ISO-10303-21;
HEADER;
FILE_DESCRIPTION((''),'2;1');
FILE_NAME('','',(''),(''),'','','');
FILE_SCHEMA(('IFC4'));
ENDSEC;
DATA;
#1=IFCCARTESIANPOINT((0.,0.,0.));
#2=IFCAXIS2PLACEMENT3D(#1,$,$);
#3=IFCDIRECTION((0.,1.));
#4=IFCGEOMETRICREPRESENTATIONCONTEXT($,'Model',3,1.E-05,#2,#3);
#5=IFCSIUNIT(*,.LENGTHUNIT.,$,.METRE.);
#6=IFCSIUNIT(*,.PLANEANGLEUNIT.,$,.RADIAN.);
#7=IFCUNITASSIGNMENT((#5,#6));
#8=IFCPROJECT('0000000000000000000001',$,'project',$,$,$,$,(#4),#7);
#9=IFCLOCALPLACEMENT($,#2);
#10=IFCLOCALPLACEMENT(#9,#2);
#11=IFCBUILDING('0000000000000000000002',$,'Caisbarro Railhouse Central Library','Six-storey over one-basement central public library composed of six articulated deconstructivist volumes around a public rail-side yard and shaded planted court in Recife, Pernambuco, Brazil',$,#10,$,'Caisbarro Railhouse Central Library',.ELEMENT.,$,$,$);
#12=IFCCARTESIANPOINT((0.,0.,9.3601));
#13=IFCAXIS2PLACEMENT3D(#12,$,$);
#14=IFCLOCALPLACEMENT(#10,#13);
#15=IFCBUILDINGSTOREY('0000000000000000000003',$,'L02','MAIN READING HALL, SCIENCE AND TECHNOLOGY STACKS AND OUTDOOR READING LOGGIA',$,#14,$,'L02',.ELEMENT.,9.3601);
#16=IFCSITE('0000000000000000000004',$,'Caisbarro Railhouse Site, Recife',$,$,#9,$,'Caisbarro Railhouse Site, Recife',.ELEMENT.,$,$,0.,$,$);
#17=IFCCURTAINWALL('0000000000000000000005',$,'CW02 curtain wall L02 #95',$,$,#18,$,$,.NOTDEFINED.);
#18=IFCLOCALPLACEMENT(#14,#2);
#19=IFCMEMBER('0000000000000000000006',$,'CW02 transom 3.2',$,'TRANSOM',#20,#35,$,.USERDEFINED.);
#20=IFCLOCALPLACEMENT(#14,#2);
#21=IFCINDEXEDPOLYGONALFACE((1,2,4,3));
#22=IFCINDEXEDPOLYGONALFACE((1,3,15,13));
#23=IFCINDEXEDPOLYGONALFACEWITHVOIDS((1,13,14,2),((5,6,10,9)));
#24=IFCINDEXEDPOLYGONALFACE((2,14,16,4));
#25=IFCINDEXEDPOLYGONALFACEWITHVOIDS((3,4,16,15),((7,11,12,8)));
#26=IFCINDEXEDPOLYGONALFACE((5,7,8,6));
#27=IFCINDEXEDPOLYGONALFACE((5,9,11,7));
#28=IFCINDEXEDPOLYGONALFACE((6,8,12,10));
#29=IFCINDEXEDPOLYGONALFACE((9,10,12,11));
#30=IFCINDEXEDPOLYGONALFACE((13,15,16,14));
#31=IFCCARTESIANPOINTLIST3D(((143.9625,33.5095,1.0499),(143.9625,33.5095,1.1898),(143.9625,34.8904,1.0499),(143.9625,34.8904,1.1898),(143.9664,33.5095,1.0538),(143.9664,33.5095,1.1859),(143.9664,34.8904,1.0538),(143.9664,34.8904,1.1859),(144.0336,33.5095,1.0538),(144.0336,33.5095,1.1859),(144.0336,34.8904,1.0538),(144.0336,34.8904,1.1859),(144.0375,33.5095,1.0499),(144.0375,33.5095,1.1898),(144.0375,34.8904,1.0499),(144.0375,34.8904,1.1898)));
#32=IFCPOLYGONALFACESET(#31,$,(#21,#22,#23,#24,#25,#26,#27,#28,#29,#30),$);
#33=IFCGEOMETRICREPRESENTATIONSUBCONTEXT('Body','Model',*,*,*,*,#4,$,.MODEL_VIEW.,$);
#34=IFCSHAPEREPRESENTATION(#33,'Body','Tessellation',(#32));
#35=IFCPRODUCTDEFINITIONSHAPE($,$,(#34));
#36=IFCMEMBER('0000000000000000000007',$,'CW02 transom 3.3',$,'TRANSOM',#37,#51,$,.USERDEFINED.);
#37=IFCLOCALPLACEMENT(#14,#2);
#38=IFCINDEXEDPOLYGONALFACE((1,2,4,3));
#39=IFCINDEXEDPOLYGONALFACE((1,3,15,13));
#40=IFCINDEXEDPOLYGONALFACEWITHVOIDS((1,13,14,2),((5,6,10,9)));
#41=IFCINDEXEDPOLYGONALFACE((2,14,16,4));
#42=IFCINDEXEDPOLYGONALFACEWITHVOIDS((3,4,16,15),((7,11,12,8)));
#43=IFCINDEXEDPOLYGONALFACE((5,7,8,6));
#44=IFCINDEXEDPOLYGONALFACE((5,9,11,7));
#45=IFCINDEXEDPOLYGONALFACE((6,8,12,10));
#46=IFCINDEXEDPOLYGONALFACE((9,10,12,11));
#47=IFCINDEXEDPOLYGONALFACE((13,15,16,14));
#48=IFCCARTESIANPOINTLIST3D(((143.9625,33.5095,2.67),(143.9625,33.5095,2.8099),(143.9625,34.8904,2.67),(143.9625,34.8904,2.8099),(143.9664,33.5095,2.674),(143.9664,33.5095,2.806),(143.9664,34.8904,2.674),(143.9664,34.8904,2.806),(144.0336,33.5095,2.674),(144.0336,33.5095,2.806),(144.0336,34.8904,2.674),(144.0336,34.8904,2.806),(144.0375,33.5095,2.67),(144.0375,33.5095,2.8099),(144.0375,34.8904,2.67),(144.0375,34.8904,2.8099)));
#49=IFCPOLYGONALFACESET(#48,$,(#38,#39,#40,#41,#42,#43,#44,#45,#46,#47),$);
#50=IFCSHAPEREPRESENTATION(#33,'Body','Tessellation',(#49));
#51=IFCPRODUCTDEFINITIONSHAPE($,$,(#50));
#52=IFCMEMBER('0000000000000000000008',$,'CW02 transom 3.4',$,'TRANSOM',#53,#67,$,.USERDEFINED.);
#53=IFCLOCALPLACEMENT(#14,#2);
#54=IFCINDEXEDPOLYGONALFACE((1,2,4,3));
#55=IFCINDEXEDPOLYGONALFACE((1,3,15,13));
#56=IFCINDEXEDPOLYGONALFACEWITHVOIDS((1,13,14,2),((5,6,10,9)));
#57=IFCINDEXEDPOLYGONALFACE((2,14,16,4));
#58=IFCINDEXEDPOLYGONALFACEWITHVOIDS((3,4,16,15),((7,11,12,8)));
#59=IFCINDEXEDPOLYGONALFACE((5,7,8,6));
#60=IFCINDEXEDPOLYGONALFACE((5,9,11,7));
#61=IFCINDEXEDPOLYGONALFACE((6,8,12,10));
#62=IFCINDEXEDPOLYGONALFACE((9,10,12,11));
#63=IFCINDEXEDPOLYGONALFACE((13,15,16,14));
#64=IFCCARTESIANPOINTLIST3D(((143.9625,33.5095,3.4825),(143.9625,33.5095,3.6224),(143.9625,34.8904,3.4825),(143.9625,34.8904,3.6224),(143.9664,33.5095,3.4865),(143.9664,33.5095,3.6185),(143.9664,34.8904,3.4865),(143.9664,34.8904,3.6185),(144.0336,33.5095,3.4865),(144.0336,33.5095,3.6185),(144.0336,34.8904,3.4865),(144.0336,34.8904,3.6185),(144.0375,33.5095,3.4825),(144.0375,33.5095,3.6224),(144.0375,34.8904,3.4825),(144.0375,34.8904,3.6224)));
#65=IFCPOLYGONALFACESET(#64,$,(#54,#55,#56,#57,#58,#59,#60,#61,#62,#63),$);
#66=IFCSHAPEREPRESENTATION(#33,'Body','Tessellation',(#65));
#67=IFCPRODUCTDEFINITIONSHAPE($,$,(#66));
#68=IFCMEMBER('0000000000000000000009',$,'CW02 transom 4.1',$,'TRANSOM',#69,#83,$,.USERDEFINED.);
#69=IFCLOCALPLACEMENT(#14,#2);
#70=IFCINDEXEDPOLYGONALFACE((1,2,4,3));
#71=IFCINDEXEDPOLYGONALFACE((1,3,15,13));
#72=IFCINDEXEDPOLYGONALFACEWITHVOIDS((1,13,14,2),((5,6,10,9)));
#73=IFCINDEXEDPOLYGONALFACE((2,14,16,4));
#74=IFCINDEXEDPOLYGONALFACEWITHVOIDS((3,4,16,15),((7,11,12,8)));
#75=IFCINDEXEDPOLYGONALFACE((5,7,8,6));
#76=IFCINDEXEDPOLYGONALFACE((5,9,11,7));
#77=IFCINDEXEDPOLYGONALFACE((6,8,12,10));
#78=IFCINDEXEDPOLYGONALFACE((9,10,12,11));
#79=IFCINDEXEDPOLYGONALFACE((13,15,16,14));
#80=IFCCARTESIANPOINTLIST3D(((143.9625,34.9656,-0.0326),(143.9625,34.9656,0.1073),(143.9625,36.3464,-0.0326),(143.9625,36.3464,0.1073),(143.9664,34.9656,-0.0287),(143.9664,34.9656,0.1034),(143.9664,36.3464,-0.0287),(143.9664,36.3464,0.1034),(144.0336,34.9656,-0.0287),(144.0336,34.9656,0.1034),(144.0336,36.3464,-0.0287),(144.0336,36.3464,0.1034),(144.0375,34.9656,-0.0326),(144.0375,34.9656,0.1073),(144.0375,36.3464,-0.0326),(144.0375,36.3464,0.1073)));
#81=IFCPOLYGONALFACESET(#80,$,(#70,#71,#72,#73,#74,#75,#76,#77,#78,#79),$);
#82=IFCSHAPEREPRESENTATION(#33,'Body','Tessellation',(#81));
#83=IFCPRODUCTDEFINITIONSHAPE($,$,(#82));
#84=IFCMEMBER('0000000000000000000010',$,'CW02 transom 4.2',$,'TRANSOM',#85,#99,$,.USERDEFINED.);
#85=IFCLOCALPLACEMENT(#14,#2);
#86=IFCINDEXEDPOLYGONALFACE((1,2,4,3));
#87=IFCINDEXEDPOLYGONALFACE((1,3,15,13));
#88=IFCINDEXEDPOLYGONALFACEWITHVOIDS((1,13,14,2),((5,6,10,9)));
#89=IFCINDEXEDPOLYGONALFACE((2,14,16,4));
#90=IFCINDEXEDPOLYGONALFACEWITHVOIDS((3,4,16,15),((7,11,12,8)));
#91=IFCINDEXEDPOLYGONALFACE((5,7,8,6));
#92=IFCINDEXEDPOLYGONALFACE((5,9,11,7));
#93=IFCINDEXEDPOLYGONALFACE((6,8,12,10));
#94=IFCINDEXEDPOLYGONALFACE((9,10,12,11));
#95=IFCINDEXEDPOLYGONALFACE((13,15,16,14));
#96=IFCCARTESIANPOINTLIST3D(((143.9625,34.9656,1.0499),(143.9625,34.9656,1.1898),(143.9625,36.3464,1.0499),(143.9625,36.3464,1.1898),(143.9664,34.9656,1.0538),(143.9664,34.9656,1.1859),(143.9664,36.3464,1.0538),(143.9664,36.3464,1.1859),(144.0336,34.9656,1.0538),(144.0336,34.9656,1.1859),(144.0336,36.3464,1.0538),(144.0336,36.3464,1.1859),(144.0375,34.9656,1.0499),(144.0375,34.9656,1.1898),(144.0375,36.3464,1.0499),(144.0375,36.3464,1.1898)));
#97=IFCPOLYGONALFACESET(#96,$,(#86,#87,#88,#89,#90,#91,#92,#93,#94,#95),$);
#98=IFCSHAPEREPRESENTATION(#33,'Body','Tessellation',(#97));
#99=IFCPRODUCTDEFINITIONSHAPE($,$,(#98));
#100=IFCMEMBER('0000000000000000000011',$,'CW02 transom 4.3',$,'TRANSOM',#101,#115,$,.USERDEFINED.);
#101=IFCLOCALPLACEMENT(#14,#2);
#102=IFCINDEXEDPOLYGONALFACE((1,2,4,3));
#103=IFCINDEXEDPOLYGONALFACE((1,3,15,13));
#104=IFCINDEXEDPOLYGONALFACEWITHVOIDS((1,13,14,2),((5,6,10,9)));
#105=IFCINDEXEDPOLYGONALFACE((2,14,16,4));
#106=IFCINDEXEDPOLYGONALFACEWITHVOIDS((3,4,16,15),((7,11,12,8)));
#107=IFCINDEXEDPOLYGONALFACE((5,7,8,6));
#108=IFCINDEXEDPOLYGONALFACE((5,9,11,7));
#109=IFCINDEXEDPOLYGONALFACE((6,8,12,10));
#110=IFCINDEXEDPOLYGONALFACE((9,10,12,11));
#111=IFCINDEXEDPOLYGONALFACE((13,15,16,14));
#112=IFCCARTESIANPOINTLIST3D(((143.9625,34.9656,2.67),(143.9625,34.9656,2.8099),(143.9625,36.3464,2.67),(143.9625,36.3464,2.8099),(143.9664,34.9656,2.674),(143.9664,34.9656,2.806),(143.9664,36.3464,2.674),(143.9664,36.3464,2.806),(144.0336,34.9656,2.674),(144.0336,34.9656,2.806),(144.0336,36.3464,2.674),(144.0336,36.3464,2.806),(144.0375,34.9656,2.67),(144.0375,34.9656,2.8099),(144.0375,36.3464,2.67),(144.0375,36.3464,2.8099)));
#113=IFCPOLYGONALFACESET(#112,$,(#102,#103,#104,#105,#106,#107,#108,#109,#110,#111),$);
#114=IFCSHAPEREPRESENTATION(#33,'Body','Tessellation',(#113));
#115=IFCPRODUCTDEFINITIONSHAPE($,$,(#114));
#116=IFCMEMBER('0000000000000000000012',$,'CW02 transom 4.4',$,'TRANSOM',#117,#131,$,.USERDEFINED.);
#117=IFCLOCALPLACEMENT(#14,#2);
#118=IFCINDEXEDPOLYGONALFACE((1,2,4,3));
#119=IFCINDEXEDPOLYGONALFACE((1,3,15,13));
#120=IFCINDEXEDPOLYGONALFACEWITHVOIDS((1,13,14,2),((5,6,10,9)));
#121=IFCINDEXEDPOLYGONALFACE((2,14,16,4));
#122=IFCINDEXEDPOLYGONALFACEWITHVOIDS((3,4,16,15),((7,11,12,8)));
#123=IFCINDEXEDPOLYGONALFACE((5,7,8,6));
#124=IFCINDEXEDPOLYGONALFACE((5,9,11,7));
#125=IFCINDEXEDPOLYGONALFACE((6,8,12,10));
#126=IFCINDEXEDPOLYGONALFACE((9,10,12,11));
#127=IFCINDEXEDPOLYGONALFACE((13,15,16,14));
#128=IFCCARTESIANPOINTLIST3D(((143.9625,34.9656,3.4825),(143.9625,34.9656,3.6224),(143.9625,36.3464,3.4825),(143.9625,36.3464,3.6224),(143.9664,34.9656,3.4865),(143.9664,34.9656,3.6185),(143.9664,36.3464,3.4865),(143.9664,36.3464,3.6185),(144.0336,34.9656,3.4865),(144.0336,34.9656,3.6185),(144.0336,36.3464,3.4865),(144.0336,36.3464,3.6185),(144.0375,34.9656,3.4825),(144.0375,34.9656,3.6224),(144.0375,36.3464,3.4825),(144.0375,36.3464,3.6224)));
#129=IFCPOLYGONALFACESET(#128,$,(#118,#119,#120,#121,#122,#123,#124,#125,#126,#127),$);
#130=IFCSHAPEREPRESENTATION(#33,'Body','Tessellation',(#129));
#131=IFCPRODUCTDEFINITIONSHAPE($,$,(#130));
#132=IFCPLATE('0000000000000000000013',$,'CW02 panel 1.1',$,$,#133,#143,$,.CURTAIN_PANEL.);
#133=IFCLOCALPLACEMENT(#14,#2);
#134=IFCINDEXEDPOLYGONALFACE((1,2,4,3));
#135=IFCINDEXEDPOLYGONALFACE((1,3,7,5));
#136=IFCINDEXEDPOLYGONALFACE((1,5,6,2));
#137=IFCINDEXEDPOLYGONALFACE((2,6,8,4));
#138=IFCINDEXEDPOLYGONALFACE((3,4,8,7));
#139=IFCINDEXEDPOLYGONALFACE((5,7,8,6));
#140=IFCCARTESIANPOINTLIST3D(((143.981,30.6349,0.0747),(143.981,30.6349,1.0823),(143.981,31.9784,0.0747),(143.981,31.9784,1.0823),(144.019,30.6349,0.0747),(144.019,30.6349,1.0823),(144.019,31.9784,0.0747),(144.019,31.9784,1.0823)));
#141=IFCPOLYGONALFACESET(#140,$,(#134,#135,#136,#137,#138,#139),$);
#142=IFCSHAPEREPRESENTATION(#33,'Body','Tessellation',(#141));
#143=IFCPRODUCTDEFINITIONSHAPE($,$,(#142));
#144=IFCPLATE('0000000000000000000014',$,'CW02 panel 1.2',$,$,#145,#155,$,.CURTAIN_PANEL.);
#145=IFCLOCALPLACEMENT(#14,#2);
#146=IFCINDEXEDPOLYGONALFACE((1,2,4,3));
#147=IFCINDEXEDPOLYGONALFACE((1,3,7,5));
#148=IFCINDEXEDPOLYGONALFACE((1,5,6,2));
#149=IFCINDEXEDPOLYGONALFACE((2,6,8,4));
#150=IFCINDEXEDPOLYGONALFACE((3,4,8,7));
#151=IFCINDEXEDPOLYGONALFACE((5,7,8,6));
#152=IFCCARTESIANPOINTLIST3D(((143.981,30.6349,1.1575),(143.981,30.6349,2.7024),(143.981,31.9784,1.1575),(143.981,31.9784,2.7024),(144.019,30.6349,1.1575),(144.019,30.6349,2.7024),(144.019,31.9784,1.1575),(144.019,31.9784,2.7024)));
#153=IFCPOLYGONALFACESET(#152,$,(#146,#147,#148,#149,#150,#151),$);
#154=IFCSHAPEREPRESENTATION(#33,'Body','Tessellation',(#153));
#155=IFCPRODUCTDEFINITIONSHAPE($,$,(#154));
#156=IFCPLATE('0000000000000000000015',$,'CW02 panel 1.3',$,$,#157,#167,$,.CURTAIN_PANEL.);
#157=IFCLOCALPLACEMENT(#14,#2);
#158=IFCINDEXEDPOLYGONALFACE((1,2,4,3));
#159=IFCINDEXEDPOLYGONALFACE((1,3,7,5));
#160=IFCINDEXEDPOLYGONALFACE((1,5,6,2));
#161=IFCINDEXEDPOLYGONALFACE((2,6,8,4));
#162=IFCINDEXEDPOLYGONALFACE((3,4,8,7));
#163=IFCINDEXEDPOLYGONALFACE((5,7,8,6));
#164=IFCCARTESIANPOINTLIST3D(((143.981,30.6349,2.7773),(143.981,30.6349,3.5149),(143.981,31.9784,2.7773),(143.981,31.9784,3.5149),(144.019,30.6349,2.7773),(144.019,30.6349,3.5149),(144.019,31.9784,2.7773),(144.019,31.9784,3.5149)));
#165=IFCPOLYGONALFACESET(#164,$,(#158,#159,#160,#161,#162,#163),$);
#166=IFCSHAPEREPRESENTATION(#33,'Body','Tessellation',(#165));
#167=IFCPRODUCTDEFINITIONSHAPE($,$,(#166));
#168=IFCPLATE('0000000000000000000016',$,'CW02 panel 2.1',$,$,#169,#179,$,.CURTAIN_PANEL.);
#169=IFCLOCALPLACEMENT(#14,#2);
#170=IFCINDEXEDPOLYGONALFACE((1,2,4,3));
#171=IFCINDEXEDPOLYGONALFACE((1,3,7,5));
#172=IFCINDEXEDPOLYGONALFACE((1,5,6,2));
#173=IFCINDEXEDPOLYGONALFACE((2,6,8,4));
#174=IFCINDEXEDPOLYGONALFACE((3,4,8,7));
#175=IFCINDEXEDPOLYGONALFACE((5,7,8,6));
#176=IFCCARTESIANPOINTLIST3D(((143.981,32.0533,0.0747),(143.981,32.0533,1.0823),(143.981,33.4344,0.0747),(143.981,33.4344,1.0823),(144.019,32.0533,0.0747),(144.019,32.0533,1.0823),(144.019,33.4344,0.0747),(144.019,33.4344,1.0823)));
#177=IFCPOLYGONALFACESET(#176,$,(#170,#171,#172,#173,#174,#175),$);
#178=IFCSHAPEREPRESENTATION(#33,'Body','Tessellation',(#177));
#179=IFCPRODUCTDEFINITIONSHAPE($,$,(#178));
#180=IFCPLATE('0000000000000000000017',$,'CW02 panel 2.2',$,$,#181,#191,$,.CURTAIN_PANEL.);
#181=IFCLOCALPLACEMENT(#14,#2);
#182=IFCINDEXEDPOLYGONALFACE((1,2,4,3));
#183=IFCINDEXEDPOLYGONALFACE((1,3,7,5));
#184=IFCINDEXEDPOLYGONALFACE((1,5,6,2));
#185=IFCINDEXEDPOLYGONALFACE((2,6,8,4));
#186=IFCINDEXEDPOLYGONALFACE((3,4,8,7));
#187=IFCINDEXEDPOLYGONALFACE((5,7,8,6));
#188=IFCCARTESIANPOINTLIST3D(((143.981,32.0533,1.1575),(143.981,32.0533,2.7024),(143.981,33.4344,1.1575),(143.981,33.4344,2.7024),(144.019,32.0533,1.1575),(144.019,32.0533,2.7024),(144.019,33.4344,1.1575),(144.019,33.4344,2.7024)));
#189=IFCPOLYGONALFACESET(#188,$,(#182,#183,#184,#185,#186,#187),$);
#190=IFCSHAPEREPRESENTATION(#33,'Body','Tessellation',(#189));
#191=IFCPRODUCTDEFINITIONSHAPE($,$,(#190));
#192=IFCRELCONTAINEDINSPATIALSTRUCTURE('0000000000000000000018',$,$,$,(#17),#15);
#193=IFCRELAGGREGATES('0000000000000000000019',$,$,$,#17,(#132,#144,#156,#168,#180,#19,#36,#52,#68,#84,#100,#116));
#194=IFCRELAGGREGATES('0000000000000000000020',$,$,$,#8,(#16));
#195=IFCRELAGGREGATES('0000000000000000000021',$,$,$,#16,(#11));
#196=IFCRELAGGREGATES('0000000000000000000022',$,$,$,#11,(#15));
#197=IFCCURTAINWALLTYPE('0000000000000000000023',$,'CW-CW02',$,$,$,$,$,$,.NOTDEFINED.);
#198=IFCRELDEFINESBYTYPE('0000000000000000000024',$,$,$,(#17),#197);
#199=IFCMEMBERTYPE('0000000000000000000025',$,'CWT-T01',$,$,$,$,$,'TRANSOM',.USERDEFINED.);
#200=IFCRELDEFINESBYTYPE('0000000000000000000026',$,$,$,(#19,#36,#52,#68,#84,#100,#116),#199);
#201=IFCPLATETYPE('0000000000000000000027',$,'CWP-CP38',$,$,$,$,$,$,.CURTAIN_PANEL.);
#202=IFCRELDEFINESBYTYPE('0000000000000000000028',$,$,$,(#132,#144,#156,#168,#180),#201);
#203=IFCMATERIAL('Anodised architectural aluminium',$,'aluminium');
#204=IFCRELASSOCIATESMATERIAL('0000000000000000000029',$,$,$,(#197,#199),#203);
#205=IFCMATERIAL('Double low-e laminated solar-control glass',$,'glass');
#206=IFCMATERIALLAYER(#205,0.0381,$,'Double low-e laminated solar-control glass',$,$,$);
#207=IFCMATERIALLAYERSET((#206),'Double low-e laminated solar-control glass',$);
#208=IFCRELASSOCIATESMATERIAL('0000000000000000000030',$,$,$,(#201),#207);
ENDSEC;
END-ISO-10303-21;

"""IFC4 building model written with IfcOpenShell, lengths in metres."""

from ifc_helpers import new_model, si_unit, direction, frame, origin, origin_2d, place, context, subcontext, project, spatial, rectangle, hollow_rectangle, extrude, material, layer, layer_set, material_profile, profile_set, type_object, element, aggregate, save


model = new_model("IFC4")

# Units and contexts
model_context = context("Model", 3, precision=1e-05, world=origin(), true_north=direction((0.0, 1.0)))
body_context = subcontext(model_context, "Body", "Model", "MODEL_VIEW")
ifc_project = project(units=[si_unit("LENGTHUNIT", "METRE"), si_unit("PLANEANGLEUNIT", "RADIAN")], contexts=[model_context])

# Site, building, storey
site_placement = place(None, origin())
site = spatial("IfcSite", under=ifc_project, at=site_placement, Name="Caisbarro Railhouse Site, Recife", LongName="Caisbarro Railhouse Site, Recife", CompositionType="ELEMENT", RefElevation=0.0)
building_placement = place(site_placement, origin())
building = spatial("IfcBuilding", under=site, at=building_placement, Name="Caisbarro Railhouse Central Library", Description="Six-storey over one-basement central public library composed of six articulated deconstructivist volumes around a public rail-side yard and shaded planted court in Recife, Pernambuco, Brazil", LongName="Caisbarro Railhouse Central Library", CompositionType="ELEMENT")
storey_placement = place(building_placement, frame((0.0, 0.0, 9.3601)))
storey = spatial("IfcBuildingStorey", under=building, at=storey_placement, Name="L02", Description="MAIN READING HALL, SCIENCE AND TECHNOLOGY STACKS AND OUTDOOR READING LOGGIA", LongName="L02", CompositionType="ELEMENT", Elevation=9.3601)

# Curtain wall, members, plates
ifc_material_1 = material(Name="Anodised architectural aluminium", Category="aluminium")
curtain_wall_type = type_object("IfcCurtainWallType", Name="CW-CW02", PredefinedType="NOTDEFINED", material=ifc_material_1)
curtain_wall_placement = place(storey_placement, origin())
curtain_wall = element("IfcCurtainWall", 1, at=curtain_wall_placement, inside=storey, type_object=curtain_wall_type, Name="CW02 curtain wall L02 #95", PredefinedType="NOTDEFINED")
ifc_material_profile_1 = material_profile(ifc_material_1, hollow_rectangle(XDim=0.075, YDim=0.1399, WallThickness=0.0039, at=origin_2d()), Name="ALU-TRN-75X140")
ifc_profile_set_1 = profile_set([ifc_material_profile_1], Name="Anodised architectural aluminium")
member_type_1 = type_object("IfcMemberType", Name="CWT-T01", ElementType="TRANSOM", PredefinedType="USERDEFINED", material=ifc_profile_set_1)
member_1_placement = place(storey_placement, frame((144.0, 33.5095, 1.1199), z_axis=(0.0, 1.0, 0.0), x_axis=(-1.0, 0.0, 0.0)))
member_1 = element("IfcMember", 2, at=member_1_placement, type_object=member_type_1, Name="CW02 transom 3.2", ObjectType="TRANSOM", PredefinedType="USERDEFINED", context=body_context, shape_type="SweptSolid", body=[
    extrude(hollow_rectangle(XDim=0.075, YDim=0.1399, WallThickness=0.0039, at=origin_2d()), origin(), (0.0, 0.0, 1.0), 1.3809),
])
member_2_placement = place(storey_placement, frame((144.0, 33.5095, 2.74), z_axis=(0.0, 1.0, 0.0), x_axis=(-1.0, 0.0, 0.0)))
member_2 = element("IfcMember", 3, at=member_2_placement, type_object=member_type_1, Name="CW02 transom 3.3", ObjectType="TRANSOM", PredefinedType="USERDEFINED", context=body_context, shape_type="SweptSolid", body=[
    extrude(hollow_rectangle(XDim=0.075, YDim=0.1399, WallThickness=0.0039, at=origin_2d()), origin(), (0.0, 0.0, 1.0), 1.3809),
])
member_3_placement = place(storey_placement, frame((144.0, 33.5095, 3.5525), z_axis=(0.0, 1.0, 0.0), x_axis=(-1.0, 0.0, 0.0)))
member_3 = element("IfcMember", 4, at=member_3_placement, type_object=member_type_1, Name="CW02 transom 3.4", ObjectType="TRANSOM", PredefinedType="USERDEFINED", context=body_context, shape_type="SweptSolid", body=[
    extrude(hollow_rectangle(XDim=0.075, YDim=0.1399, WallThickness=0.0039, at=origin_2d()), origin(), (0.0, 0.0, 1.0), 1.3809),
])
member_4_placement = place(storey_placement, frame((144.0, 34.9656, 0.0374), z_axis=(0.0, 1.0, 0.0), x_axis=(-1.0, 0.0, 0.0)))
member_4 = element("IfcMember", 5, at=member_4_placement, type_object=member_type_1, Name="CW02 transom 4.1", ObjectType="TRANSOM", PredefinedType="USERDEFINED", context=body_context, shape_type="SweptSolid", body=[
    extrude(hollow_rectangle(XDim=0.075, YDim=0.1399, WallThickness=0.0039, at=origin_2d()), origin(), (0.0, 0.0, 1.0), 1.3809),
])
member_5_placement = place(storey_placement, frame((144.0, 34.9656, 1.1199), z_axis=(0.0, 1.0, 0.0), x_axis=(-1.0, 0.0, 0.0)))
member_5 = element("IfcMember", 6, at=member_5_placement, type_object=member_type_1, Name="CW02 transom 4.2", ObjectType="TRANSOM", PredefinedType="USERDEFINED", context=body_context, shape_type="SweptSolid", body=[
    extrude(hollow_rectangle(XDim=0.075, YDim=0.1399, WallThickness=0.0039, at=origin_2d()), origin(), (0.0, 0.0, 1.0), 1.3809),
])
member_6_placement = place(storey_placement, frame((144.0, 34.9656, 2.74), z_axis=(0.0, 1.0, 0.0), x_axis=(-1.0, 0.0, 0.0)))
member_6 = element("IfcMember", 7, at=member_6_placement, type_object=member_type_1, Name="CW02 transom 4.3", ObjectType="TRANSOM", PredefinedType="USERDEFINED", context=body_context, shape_type="SweptSolid", body=[
    extrude(hollow_rectangle(XDim=0.075, YDim=0.1399, WallThickness=0.0039, at=origin_2d()), origin(), (0.0, 0.0, 1.0), 1.3809),
])
member_7_placement = place(storey_placement, frame((144.0, 34.9656, 3.5525), z_axis=(0.0, 1.0, 0.0), x_axis=(-1.0, 0.0, 0.0)))
member_7 = element("IfcMember", 8, at=member_7_placement, type_object=member_type_1, Name="CW02 transom 4.4", ObjectType="TRANSOM", PredefinedType="USERDEFINED", context=body_context, shape_type="SweptSolid", body=[
    extrude(hollow_rectangle(XDim=0.075, YDim=0.1399, WallThickness=0.0039, at=origin_2d()), origin(), (0.0, 0.0, 1.0), 1.3809),
])
ifc_material_2 = material(Name="Double low-e laminated solar-control glass", Category="glass")
ifc_layer = layer(ifc_material_2, 0.0381, Name="Double low-e laminated solar-control glass")
ifc_layer_set = layer_set([ifc_layer], Name="Double low-e laminated solar-control glass")
plate_type = type_object("IfcPlateType", Name="CWP-CP38", PredefinedType="CURTAIN_PANEL", material=ifc_layer_set)
plate_1_placement = place(storey_placement, frame((144.0, 31.3066, 0.0747), z_axis=(0.0, 0.0, 1.0), x_axis=(0.0, 1.0, 0.0)))
plate_1 = element("IfcPlate", 9, at=plate_1_placement, type_object=plate_type, Name="CW02 panel 1.1", PredefinedType="CURTAIN_PANEL", context=body_context, shape_type="SweptSolid", body=[
    extrude(rectangle(XDim=1.3435, YDim=0.0381, at=origin_2d()), origin(), (0.0, 0.0, 1.0), 1.0076),
])
plate_2_placement = place(storey_placement, frame((144.0, 31.3066, 1.1575), z_axis=(0.0, 0.0, 1.0), x_axis=(0.0, 1.0, 0.0)))
plate_2 = element("IfcPlate", 10, at=plate_2_placement, type_object=plate_type, Name="CW02 panel 1.2", PredefinedType="CURTAIN_PANEL", context=body_context, shape_type="SweptSolid", body=[
    extrude(rectangle(XDim=1.3435, YDim=0.0381, at=origin_2d()), origin(), (0.0, 0.0, 1.0), 1.5449),
])
plate_3_placement = place(storey_placement, frame((144.0, 31.3066, 2.7773), z_axis=(0.0, 0.0, 1.0), x_axis=(0.0, 1.0, 0.0)))
plate_3 = element("IfcPlate", 11, at=plate_3_placement, type_object=plate_type, Name="CW02 panel 1.3", PredefinedType="CURTAIN_PANEL", context=body_context, shape_type="SweptSolid", body=[
    extrude(rectangle(XDim=1.3435, YDim=0.0381, at=origin_2d()), origin(), (0.0, 0.0, 1.0), 0.7375),
])
plate_4_placement = place(storey_placement, frame((144.0, 32.7439, 0.0747), z_axis=(0.0, 0.0, 1.0), x_axis=(0.0, 1.0, 0.0)))
plate_4 = element("IfcPlate", 12, at=plate_4_placement, type_object=plate_type, Name="CW02 panel 2.1", PredefinedType="CURTAIN_PANEL", context=body_context, shape_type="SweptSolid", body=[
    extrude(rectangle(XDim=1.3811, YDim=0.0381, at=origin_2d()), origin(), (0.0, 0.0, 1.0), 1.0076),
])
plate_5_placement = place(storey_placement, frame((144.0, 32.7439, 1.1575), z_axis=(0.0, 0.0, 1.0), x_axis=(0.0, 1.0, 0.0)))
plate_5 = element("IfcPlate", 13, at=plate_5_placement, type_object=plate_type, Name="CW02 panel 2.2", PredefinedType="CURTAIN_PANEL", context=body_context, shape_type="SweptSolid", body=[
    extrude(rectangle(XDim=1.3811, YDim=0.0381, at=origin_2d()), origin(), (0.0, 0.0, 1.0), 1.5449),
])
aggregate(curtain_wall, [plate_1, plate_2, plate_3, plate_4, plate_5, member_1, member_2, member_3, member_4, member_5, member_6, member_7])

save(model, "model.ifc")
